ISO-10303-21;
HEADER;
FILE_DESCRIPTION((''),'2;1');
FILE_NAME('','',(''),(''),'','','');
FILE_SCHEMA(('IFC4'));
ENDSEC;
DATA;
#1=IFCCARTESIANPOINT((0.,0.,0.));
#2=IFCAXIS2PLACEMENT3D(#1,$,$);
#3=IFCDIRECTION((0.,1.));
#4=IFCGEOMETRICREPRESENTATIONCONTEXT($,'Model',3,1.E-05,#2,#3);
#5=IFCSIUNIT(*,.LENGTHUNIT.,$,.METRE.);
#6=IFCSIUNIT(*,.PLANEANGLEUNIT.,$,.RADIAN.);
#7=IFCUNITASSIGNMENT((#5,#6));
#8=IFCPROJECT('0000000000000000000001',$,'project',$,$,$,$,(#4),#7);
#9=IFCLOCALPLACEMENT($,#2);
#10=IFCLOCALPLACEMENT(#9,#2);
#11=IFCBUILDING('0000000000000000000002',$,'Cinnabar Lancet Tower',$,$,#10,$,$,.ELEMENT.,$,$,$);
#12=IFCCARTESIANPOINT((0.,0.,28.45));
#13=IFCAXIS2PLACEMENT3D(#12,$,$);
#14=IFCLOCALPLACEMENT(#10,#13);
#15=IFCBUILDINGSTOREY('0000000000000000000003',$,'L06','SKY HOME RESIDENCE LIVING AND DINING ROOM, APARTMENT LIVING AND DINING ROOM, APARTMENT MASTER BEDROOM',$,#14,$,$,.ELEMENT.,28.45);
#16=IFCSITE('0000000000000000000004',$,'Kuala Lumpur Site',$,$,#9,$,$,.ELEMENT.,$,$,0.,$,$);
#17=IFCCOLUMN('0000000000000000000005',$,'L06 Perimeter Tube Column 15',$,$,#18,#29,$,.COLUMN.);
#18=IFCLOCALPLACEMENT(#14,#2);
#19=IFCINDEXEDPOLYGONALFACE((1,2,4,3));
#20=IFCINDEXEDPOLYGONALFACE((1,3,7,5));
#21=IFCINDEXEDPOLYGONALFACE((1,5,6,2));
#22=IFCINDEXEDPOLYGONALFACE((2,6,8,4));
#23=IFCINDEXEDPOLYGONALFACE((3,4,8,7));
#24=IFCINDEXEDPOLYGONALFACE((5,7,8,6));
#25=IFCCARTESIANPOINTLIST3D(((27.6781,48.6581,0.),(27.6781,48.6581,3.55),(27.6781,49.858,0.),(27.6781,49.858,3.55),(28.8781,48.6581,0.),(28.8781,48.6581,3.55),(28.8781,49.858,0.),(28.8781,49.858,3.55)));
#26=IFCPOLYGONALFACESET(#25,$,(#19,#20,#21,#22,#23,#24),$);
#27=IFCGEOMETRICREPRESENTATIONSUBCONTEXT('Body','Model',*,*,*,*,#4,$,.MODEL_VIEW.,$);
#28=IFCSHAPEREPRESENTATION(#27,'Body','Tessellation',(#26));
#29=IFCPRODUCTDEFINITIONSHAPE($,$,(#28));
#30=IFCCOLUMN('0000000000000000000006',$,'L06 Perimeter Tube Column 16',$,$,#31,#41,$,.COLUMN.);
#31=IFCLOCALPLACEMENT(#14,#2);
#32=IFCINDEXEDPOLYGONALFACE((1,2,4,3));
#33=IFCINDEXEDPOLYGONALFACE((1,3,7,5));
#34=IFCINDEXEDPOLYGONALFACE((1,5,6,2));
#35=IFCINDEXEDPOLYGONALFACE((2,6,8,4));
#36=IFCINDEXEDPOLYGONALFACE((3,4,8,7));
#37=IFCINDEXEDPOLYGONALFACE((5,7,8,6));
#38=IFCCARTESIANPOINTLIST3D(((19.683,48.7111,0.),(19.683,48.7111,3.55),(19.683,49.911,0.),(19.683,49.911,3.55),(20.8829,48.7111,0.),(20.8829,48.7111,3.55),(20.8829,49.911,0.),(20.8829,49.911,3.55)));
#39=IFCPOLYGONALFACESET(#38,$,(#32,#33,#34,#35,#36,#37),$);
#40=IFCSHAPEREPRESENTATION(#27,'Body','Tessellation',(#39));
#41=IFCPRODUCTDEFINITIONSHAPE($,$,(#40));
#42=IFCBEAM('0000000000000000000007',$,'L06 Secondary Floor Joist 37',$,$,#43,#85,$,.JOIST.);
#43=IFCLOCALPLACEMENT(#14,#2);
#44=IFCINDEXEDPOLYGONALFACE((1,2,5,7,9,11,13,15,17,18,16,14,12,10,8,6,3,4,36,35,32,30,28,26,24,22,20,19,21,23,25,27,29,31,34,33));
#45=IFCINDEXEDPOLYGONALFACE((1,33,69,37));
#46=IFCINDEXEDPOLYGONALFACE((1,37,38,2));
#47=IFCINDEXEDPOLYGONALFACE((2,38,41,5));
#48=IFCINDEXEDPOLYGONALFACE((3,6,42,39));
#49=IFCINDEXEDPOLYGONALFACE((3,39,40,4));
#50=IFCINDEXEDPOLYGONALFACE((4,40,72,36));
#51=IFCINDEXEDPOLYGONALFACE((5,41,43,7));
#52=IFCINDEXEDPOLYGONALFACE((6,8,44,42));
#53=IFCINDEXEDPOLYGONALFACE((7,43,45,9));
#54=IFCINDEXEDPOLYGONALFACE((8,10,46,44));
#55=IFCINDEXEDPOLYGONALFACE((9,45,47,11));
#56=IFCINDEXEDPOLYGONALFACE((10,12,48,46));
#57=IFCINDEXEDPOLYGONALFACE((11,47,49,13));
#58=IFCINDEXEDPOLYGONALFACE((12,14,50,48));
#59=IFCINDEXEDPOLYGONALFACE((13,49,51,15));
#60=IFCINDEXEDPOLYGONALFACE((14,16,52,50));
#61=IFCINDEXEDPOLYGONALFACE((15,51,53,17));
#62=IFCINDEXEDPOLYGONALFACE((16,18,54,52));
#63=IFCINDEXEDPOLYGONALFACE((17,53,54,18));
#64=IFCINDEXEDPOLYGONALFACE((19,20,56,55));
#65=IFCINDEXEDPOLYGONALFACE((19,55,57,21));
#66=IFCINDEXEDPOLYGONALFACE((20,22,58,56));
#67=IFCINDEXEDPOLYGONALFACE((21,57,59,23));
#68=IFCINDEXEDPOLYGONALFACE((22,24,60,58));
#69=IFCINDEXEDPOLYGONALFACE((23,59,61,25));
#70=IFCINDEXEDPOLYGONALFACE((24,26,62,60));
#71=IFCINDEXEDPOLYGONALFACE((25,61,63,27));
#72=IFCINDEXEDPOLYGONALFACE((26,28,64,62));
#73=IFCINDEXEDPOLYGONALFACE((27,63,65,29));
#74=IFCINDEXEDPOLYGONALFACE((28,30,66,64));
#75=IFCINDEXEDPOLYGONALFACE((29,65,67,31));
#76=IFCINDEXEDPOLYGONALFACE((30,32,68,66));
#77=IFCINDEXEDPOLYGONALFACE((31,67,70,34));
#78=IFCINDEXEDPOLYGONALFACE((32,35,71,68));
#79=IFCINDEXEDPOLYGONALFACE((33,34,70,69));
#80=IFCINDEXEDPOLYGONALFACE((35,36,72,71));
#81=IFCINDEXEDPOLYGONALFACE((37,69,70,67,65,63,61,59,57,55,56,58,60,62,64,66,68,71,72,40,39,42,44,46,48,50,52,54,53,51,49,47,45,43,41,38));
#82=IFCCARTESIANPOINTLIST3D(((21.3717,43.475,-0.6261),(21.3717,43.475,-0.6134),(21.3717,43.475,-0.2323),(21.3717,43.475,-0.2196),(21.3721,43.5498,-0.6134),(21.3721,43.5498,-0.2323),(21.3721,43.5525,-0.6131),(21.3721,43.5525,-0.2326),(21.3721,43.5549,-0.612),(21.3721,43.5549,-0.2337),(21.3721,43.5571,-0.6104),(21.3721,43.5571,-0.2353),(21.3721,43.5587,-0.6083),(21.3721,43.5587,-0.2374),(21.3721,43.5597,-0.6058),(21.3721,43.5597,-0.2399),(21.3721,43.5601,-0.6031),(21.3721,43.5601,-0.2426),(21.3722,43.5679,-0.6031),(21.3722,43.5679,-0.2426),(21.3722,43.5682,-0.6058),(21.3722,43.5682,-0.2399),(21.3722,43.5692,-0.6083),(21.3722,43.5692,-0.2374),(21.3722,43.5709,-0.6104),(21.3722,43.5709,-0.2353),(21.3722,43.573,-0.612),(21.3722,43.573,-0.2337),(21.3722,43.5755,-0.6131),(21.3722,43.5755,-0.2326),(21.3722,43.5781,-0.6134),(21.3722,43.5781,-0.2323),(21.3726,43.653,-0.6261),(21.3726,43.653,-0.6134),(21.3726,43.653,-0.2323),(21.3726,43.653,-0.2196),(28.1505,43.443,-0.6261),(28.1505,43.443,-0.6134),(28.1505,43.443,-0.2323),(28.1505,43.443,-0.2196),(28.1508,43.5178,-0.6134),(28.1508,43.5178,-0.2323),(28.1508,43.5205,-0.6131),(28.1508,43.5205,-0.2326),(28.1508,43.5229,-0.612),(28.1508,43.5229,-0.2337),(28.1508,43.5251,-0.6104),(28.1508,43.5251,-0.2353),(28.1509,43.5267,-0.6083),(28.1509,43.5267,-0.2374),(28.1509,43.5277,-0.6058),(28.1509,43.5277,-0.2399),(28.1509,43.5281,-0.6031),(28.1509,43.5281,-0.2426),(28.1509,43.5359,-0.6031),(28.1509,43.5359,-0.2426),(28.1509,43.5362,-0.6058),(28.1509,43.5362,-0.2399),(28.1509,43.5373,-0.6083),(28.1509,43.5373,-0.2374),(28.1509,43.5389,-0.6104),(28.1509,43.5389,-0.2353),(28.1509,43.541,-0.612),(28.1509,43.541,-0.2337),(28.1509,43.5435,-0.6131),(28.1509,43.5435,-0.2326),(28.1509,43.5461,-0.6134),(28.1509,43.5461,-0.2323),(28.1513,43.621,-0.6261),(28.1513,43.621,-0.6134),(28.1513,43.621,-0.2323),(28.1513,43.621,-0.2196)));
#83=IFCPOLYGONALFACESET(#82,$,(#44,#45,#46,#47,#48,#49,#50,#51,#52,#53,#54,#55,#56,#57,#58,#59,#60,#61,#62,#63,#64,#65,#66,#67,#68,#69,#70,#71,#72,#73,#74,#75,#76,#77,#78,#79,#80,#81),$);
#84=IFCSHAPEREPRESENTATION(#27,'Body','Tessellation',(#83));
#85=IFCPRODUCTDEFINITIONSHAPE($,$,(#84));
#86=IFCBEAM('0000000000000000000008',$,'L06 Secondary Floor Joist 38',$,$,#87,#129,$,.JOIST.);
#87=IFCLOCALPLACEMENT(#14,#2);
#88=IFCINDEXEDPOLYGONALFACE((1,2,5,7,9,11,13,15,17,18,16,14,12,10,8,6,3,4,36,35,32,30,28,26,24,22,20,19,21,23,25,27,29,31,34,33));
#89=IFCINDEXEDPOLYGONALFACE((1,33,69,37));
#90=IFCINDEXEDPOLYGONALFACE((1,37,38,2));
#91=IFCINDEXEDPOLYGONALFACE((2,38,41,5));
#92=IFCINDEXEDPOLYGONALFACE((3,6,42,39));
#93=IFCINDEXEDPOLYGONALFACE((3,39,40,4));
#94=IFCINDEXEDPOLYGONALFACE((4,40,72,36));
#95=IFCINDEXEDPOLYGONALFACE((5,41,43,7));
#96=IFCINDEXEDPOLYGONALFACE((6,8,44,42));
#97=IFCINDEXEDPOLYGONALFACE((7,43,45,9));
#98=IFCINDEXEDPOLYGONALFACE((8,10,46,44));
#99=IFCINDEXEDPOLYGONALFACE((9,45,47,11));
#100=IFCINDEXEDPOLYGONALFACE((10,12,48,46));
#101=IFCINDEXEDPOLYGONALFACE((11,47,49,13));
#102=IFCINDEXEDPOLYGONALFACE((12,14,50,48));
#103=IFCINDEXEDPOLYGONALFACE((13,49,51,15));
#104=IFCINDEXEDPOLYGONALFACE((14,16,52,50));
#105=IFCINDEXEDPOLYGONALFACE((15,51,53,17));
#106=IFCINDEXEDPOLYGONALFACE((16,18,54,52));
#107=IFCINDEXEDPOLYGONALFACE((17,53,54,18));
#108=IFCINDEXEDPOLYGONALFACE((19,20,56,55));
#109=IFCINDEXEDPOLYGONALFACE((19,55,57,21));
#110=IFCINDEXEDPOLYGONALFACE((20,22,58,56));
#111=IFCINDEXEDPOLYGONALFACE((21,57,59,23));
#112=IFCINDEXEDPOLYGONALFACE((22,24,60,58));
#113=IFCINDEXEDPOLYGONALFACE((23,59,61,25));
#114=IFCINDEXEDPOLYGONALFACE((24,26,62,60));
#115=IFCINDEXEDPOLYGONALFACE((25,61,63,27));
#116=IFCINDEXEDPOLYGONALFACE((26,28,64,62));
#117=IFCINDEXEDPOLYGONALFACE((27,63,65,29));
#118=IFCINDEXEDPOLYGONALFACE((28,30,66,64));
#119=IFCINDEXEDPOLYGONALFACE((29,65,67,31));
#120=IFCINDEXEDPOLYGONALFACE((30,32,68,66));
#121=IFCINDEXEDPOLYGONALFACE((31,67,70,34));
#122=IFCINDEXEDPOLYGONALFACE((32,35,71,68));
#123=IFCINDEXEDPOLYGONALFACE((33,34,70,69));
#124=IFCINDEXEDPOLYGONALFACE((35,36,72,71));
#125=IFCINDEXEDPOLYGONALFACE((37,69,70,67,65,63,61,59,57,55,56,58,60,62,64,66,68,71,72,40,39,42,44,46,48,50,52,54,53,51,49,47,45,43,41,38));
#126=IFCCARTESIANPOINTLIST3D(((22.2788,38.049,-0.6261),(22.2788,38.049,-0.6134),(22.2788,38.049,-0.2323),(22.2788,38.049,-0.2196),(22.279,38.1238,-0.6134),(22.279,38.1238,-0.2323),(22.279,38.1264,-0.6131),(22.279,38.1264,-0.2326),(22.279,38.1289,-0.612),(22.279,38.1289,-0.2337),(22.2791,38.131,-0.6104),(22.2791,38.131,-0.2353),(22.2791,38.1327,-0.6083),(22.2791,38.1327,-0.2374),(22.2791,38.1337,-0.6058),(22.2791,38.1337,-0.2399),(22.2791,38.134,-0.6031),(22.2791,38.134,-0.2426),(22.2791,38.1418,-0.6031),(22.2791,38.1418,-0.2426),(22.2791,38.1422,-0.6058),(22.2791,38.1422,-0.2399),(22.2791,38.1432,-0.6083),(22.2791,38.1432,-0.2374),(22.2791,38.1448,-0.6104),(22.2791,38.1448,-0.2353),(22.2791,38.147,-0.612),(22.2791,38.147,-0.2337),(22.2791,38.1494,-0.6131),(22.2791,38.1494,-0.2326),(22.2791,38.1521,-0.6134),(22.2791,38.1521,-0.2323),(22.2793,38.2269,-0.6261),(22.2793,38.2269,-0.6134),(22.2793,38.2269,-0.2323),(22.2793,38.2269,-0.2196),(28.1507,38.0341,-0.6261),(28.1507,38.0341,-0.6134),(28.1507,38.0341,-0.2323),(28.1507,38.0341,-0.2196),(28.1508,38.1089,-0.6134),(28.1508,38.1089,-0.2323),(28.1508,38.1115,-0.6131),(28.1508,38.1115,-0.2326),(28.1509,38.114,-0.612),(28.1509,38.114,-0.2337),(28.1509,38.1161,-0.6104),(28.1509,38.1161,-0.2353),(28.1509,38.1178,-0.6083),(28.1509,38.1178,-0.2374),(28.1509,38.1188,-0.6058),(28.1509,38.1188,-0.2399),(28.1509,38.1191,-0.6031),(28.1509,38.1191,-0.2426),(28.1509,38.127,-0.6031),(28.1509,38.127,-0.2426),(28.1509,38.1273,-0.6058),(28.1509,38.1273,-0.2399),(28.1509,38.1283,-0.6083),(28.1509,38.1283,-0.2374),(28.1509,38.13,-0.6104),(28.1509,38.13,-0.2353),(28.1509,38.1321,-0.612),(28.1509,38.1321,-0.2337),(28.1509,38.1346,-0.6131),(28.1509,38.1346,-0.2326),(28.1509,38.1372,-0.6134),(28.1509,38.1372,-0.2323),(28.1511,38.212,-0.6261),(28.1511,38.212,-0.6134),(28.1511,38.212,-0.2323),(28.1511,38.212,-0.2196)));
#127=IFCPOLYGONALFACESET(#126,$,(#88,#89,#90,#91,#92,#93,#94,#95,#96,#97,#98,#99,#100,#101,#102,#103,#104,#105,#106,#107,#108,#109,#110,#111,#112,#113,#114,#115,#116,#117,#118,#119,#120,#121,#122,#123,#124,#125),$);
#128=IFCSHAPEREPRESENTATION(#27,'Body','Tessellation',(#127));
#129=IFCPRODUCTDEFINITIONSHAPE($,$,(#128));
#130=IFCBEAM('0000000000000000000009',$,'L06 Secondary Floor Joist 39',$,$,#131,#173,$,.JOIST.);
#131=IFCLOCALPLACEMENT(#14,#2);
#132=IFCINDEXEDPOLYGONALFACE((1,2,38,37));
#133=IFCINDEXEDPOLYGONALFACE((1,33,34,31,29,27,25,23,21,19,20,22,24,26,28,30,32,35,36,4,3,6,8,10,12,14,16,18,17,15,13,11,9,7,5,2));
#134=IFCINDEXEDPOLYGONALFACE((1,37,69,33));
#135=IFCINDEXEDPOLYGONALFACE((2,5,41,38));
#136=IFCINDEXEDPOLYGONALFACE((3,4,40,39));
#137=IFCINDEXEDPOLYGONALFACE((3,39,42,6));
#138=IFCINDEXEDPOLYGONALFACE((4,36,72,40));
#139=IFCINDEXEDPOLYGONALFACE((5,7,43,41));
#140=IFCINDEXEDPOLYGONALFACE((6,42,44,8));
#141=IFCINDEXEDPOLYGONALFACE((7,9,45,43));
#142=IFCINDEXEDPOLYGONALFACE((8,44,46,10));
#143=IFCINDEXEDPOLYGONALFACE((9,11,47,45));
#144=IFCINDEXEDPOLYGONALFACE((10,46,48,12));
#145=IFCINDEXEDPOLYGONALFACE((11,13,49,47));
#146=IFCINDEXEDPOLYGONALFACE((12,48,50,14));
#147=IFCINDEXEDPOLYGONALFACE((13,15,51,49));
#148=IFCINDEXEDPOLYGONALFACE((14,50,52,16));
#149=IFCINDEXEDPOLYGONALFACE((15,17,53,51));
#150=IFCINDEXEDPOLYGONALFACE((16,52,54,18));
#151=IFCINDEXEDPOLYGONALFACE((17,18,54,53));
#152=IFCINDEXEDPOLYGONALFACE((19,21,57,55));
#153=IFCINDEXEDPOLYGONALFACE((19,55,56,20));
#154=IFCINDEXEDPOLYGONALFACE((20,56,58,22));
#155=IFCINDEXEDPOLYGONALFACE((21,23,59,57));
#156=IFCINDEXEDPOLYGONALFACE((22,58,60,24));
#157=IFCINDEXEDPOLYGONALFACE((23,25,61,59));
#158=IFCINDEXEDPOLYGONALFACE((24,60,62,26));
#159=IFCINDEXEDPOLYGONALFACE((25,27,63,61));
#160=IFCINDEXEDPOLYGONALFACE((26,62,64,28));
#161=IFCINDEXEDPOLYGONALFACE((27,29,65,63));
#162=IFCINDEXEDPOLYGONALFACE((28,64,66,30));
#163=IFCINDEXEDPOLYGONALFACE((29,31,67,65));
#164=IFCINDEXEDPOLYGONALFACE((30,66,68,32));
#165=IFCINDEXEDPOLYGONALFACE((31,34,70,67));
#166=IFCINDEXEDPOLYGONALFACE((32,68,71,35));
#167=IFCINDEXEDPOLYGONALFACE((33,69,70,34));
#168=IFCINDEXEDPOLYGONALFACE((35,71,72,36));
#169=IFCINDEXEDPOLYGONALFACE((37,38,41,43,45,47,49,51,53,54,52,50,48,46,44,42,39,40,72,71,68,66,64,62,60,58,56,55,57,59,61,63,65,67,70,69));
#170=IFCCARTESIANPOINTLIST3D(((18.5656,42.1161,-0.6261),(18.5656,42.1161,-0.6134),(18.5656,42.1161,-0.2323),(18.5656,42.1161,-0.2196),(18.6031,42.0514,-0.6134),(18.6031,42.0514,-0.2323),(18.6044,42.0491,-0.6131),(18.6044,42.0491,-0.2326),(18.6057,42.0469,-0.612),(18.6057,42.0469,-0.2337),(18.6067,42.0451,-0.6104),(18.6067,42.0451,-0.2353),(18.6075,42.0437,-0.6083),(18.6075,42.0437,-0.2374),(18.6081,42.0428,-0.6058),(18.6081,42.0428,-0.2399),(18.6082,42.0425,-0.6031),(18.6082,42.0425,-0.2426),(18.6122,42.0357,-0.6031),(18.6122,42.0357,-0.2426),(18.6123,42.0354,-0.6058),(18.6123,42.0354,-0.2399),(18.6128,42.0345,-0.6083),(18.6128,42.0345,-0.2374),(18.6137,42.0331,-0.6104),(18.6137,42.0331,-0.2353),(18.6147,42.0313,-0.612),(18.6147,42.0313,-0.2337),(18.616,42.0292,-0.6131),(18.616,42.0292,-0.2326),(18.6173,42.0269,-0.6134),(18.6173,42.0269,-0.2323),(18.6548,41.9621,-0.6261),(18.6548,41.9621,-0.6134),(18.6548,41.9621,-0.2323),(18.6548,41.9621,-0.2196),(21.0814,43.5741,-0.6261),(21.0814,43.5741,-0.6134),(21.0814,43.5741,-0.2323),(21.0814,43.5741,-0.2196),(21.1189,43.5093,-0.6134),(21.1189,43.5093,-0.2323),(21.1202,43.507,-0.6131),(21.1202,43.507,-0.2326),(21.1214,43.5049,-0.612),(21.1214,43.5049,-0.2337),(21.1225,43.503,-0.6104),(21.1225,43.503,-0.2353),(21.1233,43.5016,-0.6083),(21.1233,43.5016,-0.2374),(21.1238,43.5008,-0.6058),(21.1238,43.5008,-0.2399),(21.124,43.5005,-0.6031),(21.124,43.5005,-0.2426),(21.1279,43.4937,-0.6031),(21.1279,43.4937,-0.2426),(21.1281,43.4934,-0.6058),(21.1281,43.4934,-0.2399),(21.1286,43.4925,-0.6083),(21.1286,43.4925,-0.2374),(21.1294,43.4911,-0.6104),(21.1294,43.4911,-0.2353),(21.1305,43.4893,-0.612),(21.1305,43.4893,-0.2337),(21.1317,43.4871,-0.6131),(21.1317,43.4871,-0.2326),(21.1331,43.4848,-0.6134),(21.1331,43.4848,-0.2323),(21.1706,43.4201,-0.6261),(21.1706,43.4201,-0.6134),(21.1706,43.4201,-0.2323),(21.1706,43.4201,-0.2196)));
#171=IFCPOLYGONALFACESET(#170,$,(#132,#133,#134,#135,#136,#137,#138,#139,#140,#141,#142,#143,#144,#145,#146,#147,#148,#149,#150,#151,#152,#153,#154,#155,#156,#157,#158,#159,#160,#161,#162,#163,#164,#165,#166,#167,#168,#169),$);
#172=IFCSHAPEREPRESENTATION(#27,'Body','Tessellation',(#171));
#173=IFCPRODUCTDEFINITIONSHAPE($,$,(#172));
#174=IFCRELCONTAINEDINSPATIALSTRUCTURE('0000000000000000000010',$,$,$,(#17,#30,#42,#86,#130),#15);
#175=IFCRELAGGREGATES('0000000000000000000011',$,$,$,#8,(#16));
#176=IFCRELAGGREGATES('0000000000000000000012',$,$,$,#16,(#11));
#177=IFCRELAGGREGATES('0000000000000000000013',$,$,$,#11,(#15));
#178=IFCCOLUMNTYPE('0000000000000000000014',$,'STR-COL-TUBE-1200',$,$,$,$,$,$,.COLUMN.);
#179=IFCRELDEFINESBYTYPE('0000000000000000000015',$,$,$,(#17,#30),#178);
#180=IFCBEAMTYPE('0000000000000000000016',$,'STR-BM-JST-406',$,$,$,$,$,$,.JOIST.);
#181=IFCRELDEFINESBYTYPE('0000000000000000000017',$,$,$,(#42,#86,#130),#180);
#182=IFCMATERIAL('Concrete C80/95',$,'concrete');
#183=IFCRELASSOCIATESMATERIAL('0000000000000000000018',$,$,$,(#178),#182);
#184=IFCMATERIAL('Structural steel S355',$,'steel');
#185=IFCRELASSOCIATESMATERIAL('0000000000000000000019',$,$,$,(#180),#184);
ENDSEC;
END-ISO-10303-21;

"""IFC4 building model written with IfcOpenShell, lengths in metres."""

from ifc_helpers import new_model, si_unit, direction, frame, origin, origin_2d, place, context, subcontext, project, spatial, rectangle, i_section, extrude, material, material_profile, profile_set, type_object, element, save


model = new_model("IFC4")

# Units and contexts
model_context = context("Model", 3, precision=1e-05, world=origin(), true_north=direction((0.0, 1.0)))
body_context = subcontext(model_context, "Body", "Model", "MODEL_VIEW")
ifc_project = project(units=[si_unit("LENGTHUNIT", "METRE"), si_unit("PLANEANGLEUNIT", "RADIAN")], contexts=[model_context])

# Site, building, storey
site_placement = place(None, origin())
site = spatial("IfcSite", under=ifc_project, at=site_placement, Name="Kuala Lumpur Site", CompositionType="ELEMENT", RefElevation=0.0)
building_placement = place(site_placement, origin())
building = spatial("IfcBuilding", under=site, at=building_placement, Name="Cinnabar Lancet Tower", CompositionType="ELEMENT")
storey_placement = place(building_placement, frame((0.0, 0.0, 28.45)))
storey = spatial("IfcBuildingStorey", under=building, at=storey_placement, Name="L06", Description="SKY HOME RESIDENCE LIVING AND DINING ROOM, APARTMENT LIVING AND DINING ROOM, APARTMENT MASTER BEDROOM", CompositionType="ELEMENT", Elevation=28.45)

# Columns
ifc_material_1 = material(Name="Concrete C80/95", Category="concrete")
ifc_material_profile_1 = material_profile(ifc_material_1, rectangle(XDim=1.2, YDim=1.2, at=origin_2d()), Name="RC-COL 1200x1200")
ifc_profile_set_1 = profile_set([ifc_material_profile_1], Name="Concrete C80/95")
column_type = type_object("IfcColumnType", Name="STR-COL-TUBE-1200", PredefinedType="COLUMN", material=ifc_profile_set_1)
for number, where, z_axis, x_axis, name in (
    (1, (28.2781, 49.2581, 0.0), (0.0, 0.0, 1.0), (1.0, 0.0, 0.0), "L06 Perimeter Tube Column 15"),
    (2, (20.283, 49.311, 0.0), (0.0, 0.0, 1.0), (1.0, 0.0, 0.0), "L06 Perimeter Tube Column 16"),
):
    element("IfcColumn", number, at=place(storey_placement, frame(where, z_axis=z_axis, x_axis=x_axis)), inside=storey, type_object=column_type, Name=name, PredefinedType="COLUMN", context=body_context, shape_type="SweptSolid", body=[
        extrude(rectangle(XDim=1.2, YDim=1.2, at=origin_2d()), origin(), (0.0, 0.0, 1.0), 3.55),
    ])

# Beams
ifc_material_2 = material(Name="Structural steel S355", Category="steel")
ifc_material_profile_2 = material_profile(ifc_material_2, i_section(OverallWidth=0.178, OverallDepth=0.4065, WebThickness=0.0078, FlangeThickness=0.0127, FilletRadius=0.0103, at=origin_2d()), Name="UKB 406x178x60")
ifc_profile_set_2 = profile_set([ifc_material_profile_2], Name="Structural steel S355")
beam_type_1 = type_object("IfcBeamType", Name="STR-BM-JST-406", PredefinedType="JOIST", material=ifc_profile_set_2)
beam_1_placement = place(storey_placement, frame((28.1509, 43.532, -0.4229), z_axis=(-0.999989, 0.004718, 0.0), x_axis=(-0.004718, -0.999989, 0.0)))
element("IfcBeam", 3, at=beam_1_placement, inside=storey, type_object=beam_type_1, Name="L06 Secondary Floor Joist 37", PredefinedType="JOIST", context=body_context, shape_type="SweptSolid", body=[
    extrude(i_section(OverallWidth=0.178, OverallDepth=0.4065, WebThickness=0.0078, FlangeThickness=0.0127, FilletRadius=0.0103, at=origin_2d()), origin(), (0.0, 0.0, 1.0), 6.7788),
])
beam_2_placement = place(storey_placement, frame((28.1509, 38.123, -0.4229), z_axis=(-0.999997, 0.002536, 0.0), x_axis=(-0.002536, -0.999997, 0.0)))
element("IfcBeam", 4, at=beam_2_placement, inside=storey, type_object=beam_type_1, Name="L06 Secondary Floor Joist 38", PredefinedType="JOIST", context=body_context, shape_type="SweptSolid", body=[
    extrude(i_section(OverallWidth=0.178, OverallDepth=0.4065, WebThickness=0.0078, FlangeThickness=0.0127, FilletRadius=0.0103, at=origin_2d()), origin(), (0.0, 0.0, 1.0), 5.8718),
])
beam_3_placement = place(storey_placement, frame((21.126, 43.4971, -0.4229), z_axis=(-0.86521, -0.50141, 0.0), x_axis=(0.50141, -0.86521, 0.0)))
element("IfcBeam", 5, at=beam_3_placement, inside=storey, type_object=beam_type_1, Name="L06 Secondary Floor Joist 39", PredefinedType="JOIST", context=body_context, shape_type="SweptSolid", body=[
    extrude(i_section(OverallWidth=0.178, OverallDepth=0.4065, WebThickness=0.0078, FlangeThickness=0.0127, FilletRadius=0.0103, at=origin_2d()), origin(), (0.0, 0.0, 1.0), 2.9077),
])

save(model, "model.ifc")
